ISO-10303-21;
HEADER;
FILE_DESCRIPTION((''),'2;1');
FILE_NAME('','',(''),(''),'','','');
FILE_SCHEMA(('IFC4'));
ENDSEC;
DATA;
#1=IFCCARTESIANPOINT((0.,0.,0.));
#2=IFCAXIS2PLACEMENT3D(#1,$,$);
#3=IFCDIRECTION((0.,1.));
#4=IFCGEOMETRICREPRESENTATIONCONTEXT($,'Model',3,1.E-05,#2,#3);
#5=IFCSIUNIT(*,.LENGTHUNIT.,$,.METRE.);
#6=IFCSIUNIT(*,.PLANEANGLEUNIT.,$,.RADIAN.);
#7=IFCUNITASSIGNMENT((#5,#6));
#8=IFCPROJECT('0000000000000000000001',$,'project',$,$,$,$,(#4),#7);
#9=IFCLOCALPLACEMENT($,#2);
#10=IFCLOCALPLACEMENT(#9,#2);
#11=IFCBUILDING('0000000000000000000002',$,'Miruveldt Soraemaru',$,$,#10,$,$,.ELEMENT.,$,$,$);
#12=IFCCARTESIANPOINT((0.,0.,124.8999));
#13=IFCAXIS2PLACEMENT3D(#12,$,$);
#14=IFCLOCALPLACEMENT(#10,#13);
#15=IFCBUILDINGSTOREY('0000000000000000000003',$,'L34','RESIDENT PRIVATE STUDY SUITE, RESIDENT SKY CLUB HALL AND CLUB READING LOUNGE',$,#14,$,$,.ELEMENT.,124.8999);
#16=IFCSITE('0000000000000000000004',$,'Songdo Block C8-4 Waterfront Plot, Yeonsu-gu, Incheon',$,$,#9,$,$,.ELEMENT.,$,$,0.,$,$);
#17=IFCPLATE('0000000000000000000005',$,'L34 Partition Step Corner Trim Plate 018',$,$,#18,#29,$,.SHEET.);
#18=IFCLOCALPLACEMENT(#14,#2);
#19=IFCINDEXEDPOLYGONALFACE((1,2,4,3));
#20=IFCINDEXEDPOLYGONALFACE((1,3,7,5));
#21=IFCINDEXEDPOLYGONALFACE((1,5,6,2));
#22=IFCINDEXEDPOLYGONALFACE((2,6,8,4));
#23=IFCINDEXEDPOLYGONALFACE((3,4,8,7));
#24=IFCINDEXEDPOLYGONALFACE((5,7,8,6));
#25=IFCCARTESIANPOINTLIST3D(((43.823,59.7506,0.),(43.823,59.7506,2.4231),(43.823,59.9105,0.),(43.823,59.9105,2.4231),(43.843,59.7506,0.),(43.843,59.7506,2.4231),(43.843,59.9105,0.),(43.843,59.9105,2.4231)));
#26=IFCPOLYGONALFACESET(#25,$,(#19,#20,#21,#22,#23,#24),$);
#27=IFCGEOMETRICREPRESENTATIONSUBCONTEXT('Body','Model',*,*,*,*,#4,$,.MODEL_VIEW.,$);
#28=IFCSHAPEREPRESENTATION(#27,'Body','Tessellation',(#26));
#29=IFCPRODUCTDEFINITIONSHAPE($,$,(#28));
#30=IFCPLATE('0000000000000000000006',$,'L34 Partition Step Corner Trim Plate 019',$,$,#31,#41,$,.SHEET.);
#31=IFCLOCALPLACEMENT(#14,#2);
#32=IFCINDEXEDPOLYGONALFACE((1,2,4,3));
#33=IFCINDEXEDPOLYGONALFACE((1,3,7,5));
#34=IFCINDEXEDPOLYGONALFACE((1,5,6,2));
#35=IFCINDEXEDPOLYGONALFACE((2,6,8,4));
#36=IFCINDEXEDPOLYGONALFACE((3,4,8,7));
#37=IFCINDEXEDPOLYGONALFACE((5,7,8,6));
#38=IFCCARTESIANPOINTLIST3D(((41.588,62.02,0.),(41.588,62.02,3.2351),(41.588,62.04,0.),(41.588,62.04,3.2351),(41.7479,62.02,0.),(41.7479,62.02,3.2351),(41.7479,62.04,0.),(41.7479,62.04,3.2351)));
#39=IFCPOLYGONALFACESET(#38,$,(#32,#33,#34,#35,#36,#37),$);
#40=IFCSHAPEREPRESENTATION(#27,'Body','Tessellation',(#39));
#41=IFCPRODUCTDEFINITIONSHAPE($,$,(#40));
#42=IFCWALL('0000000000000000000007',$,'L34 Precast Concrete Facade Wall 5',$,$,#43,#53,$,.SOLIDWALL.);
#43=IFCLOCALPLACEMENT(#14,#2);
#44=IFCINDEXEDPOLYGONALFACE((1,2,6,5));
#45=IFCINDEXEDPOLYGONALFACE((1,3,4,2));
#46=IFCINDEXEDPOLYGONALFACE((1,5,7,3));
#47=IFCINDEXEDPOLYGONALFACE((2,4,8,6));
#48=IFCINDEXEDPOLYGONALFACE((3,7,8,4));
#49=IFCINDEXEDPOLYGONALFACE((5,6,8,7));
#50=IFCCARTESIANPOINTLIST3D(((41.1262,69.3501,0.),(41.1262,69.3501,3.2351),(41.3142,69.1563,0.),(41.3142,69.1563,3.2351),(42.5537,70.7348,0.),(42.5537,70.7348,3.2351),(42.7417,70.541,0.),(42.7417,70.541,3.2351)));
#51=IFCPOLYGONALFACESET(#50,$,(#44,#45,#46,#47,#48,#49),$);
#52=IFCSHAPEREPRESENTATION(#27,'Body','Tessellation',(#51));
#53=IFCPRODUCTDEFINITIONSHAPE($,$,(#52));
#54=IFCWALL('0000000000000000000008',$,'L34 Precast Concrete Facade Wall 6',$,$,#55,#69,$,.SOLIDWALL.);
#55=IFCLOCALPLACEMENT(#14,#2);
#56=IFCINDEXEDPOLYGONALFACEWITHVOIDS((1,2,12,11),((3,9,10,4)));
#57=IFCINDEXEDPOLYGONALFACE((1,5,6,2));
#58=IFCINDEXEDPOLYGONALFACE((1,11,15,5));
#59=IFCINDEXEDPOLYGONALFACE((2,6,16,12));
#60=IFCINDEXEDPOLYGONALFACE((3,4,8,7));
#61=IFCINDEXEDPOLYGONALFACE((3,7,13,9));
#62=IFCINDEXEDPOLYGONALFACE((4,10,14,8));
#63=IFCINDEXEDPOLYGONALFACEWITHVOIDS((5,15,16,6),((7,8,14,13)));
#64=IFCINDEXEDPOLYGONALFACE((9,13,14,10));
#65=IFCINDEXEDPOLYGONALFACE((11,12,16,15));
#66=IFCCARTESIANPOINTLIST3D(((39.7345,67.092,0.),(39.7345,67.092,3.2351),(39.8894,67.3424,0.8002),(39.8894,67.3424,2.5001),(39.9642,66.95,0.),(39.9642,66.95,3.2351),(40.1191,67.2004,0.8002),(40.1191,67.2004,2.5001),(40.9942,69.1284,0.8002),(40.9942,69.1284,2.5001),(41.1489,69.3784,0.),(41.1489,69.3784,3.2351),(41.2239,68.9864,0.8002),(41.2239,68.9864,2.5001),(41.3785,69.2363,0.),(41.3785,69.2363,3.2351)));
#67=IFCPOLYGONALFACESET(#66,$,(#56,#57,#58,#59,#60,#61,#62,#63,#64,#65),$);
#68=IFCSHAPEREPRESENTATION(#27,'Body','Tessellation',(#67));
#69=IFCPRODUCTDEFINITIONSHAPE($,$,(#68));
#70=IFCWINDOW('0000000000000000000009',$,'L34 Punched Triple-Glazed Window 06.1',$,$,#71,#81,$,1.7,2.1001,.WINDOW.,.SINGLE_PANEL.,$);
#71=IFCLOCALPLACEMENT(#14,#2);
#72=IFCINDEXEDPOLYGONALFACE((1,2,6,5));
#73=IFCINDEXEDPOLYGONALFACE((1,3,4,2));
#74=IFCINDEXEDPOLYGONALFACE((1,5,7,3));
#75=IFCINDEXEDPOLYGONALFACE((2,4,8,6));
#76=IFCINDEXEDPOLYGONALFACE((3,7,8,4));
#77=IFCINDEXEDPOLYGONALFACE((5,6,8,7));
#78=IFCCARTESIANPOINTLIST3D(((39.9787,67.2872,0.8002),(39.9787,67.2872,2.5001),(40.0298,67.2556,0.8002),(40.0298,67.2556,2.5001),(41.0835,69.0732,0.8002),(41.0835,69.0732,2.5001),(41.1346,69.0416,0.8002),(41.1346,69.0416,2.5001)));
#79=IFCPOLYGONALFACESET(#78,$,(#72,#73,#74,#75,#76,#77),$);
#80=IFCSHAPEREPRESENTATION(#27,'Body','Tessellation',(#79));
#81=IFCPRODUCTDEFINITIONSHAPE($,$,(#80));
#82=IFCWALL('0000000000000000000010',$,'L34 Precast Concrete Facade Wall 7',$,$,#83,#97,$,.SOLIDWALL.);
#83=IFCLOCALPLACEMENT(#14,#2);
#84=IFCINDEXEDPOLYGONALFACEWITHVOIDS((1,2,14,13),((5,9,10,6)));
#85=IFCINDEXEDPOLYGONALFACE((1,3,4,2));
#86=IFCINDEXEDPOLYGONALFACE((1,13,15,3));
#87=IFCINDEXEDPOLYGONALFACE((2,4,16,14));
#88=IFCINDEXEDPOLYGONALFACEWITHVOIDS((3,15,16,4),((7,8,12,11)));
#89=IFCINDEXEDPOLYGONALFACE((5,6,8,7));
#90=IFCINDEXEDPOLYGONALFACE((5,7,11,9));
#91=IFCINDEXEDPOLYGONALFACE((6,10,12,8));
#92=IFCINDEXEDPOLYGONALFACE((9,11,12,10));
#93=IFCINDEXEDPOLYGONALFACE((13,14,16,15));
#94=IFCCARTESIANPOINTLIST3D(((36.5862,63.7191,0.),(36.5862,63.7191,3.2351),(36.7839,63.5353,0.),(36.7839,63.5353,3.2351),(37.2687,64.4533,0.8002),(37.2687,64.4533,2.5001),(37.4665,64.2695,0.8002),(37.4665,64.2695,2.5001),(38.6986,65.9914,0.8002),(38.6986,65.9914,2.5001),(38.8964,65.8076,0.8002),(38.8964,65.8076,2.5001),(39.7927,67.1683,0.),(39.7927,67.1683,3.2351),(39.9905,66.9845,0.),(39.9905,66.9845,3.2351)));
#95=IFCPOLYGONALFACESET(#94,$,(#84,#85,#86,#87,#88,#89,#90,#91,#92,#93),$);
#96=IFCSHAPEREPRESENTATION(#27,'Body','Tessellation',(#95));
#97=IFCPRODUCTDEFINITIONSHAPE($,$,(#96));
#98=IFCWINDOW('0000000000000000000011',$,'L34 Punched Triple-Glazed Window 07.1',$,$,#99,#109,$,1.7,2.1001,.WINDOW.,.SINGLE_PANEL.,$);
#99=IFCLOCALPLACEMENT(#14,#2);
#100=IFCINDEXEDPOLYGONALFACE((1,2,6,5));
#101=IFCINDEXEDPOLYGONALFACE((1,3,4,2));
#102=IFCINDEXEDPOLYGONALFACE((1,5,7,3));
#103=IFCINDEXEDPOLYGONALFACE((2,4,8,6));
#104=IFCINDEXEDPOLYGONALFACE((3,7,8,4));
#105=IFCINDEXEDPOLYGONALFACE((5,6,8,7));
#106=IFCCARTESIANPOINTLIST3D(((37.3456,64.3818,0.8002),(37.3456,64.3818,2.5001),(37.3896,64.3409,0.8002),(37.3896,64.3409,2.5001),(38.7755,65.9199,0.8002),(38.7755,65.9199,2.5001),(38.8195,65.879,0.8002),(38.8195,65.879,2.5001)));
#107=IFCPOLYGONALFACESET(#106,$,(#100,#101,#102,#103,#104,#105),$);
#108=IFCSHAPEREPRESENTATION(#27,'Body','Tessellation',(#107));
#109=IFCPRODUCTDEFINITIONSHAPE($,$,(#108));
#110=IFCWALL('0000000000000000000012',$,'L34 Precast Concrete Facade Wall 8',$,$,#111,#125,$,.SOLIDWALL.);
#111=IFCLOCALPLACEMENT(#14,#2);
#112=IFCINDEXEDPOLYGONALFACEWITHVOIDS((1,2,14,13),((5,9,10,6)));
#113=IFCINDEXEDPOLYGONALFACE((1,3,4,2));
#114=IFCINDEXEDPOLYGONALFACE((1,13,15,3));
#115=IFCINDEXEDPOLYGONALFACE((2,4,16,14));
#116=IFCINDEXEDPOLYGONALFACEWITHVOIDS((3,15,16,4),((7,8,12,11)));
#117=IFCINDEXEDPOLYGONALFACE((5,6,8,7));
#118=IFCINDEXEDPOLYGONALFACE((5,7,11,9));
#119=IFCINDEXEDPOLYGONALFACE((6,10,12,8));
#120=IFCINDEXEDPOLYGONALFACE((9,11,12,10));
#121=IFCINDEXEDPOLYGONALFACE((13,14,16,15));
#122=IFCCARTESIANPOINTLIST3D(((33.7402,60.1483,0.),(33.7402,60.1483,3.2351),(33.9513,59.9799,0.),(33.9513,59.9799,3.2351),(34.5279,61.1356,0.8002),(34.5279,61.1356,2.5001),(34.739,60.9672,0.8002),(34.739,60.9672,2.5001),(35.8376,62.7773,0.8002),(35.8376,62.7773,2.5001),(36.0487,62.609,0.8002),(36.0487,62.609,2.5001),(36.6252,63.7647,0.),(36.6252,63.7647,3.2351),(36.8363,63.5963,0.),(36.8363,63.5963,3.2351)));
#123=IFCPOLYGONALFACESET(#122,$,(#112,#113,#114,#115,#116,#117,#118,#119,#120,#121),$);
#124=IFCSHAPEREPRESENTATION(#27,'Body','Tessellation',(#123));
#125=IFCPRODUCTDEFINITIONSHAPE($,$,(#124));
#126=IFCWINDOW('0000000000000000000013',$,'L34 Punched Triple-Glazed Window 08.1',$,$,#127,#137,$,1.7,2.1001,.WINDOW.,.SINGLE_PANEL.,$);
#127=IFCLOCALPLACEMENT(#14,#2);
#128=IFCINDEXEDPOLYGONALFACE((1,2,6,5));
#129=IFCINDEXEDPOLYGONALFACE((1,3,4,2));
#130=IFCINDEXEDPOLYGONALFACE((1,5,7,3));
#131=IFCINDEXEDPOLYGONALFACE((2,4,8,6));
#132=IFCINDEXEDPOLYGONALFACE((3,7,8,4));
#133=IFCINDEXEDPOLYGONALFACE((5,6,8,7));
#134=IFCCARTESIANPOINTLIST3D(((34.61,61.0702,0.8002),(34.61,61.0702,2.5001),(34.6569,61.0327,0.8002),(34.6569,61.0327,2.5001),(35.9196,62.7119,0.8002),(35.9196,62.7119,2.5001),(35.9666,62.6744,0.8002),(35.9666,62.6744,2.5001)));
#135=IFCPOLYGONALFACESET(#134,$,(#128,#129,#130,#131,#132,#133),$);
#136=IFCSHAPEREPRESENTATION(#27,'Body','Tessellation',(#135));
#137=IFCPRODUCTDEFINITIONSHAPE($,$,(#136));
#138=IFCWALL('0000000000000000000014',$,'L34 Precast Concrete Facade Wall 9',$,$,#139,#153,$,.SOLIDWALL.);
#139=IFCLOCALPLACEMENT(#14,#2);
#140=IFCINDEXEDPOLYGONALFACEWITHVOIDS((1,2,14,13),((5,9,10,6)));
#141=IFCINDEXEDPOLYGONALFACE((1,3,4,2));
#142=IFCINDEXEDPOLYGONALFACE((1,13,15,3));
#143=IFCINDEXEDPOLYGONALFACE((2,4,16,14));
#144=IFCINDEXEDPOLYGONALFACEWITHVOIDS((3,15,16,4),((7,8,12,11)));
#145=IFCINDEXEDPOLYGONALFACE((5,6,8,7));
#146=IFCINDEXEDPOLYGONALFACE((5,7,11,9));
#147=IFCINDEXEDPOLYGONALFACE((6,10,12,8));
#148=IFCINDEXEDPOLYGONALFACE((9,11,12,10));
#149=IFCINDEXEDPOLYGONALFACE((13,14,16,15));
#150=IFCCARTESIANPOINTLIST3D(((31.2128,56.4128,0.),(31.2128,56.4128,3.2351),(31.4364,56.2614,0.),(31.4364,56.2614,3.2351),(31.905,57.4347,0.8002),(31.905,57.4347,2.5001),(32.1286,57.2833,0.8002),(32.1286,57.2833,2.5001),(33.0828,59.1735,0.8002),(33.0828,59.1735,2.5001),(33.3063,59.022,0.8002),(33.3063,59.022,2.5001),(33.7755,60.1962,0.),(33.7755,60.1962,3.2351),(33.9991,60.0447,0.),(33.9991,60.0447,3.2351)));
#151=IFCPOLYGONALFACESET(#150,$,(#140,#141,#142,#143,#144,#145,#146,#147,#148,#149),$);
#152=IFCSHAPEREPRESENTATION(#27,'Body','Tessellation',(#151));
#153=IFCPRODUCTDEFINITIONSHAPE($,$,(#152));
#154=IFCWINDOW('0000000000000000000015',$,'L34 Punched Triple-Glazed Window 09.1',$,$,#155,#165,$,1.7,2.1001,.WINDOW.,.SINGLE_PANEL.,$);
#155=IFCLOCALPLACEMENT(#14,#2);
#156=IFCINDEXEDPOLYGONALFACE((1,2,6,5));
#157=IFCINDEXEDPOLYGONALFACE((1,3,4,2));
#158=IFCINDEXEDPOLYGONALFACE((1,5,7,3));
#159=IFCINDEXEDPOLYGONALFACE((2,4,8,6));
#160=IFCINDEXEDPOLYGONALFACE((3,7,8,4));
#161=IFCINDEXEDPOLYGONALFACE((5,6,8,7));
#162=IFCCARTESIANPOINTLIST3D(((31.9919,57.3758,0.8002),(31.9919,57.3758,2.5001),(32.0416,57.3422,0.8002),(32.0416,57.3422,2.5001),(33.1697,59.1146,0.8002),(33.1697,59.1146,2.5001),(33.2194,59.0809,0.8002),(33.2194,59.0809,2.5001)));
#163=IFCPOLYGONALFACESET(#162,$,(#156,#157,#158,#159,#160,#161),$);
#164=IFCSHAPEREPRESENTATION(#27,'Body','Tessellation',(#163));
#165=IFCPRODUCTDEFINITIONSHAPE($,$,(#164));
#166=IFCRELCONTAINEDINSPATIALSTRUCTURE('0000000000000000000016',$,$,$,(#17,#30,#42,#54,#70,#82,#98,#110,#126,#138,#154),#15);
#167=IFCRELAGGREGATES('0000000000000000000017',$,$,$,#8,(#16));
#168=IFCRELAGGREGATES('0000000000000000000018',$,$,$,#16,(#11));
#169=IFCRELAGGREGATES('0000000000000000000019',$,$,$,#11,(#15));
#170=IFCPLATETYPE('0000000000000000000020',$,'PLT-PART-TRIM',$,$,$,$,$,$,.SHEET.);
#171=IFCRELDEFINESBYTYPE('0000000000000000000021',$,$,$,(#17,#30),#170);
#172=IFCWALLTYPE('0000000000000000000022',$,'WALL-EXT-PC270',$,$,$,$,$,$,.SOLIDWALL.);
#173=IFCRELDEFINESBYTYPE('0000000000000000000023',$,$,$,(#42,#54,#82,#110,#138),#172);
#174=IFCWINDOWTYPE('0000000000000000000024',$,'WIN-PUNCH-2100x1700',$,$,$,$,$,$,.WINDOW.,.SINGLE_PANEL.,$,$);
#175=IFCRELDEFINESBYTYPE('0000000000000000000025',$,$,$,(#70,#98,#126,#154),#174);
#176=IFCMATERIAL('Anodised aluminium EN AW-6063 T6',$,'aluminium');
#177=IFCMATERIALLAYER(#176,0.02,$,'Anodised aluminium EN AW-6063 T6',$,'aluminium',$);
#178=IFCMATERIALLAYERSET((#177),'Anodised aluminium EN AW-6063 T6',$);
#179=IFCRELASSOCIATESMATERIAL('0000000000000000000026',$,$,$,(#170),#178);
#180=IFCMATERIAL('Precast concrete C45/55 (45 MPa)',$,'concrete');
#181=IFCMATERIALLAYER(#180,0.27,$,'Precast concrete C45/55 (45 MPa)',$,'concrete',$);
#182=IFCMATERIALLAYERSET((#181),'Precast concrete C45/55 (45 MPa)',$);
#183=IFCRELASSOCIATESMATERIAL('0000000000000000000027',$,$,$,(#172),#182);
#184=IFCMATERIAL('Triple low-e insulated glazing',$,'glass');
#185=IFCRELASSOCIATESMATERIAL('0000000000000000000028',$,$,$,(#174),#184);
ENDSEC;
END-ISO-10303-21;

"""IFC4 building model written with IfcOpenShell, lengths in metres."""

from ifc_helpers import new_model, si_unit, direction, frame, frame_2d, origin, origin_2d, place, context, subcontext, project, spatial, rectangle, extrude, material, layer, layer_set, type_object, element, fill, save


model = new_model("IFC4")

# Units and contexts
model_context = context("Model", 3, precision=1e-05, world=origin(), true_north=direction((0.0, 1.0)))
body_context = subcontext(model_context, "Body", "Model", "MODEL_VIEW")
ifc_project = project(units=[si_unit("LENGTHUNIT", "METRE"), si_unit("PLANEANGLEUNIT", "RADIAN")], contexts=[model_context])

# Site, building, storey
site_placement = place(None, origin())
site = spatial("IfcSite", under=ifc_project, at=site_placement, Name="Songdo Block C8-4 Waterfront Plot, Yeonsu-gu, Incheon", CompositionType="ELEMENT", RefElevation=0.0)
building_placement = place(site_placement, origin())
building = spatial("IfcBuilding", under=site, at=building_placement, Name="Miruveldt Soraemaru", CompositionType="ELEMENT")
storey_placement = place(building_placement, frame((0.0, 0.0, 124.8999)))
storey = spatial("IfcBuildingStorey", under=building, at=storey_placement, Name="L34", Description="RESIDENT PRIVATE STUDY SUITE, RESIDENT SKY CLUB HALL AND CLUB READING LOUNGE", CompositionType="ELEMENT", Elevation=124.8999)

# Plates
ifc_material_1 = material(Name="Anodised aluminium EN AW-6063 T6", Category="aluminium")
ifc_layer_1 = layer(ifc_material_1, 0.02, Name="Anodised aluminium EN AW-6063 T6", Category="aluminium")
ifc_layer_set_1 = layer_set([ifc_layer_1], Name="Anodised aluminium EN AW-6063 T6")
plate_type = type_object("IfcPlateType", Name="PLT-PART-TRIM", PredefinedType="SHEET", material=ifc_layer_set_1)
plate_1_placement = place(storey_placement, frame((43.833, 59.8306, 0.0), z_axis=(0.0, 0.0, 1.0), x_axis=(0.0, 1.0, 0.0)))
element("IfcPlate", 1, at=plate_1_placement, inside=storey, type_object=plate_type, Name="L34 Partition Step Corner Trim Plate 018", PredefinedType="SHEET", context=body_context, shape_type="SweptSolid", body=[
    extrude(rectangle(XDim=0.1599, YDim=0.02, at=origin_2d()), origin(), (0.0, 0.0, 1.0), 2.4231),
])
plate_2_placement = place(storey_placement, frame((41.668, 62.03, 0.0), z_axis=(0.0, 0.0, 1.0), x_axis=(-1.0, 0.0, 0.0)))
element("IfcPlate", 2, at=plate_2_placement, inside=storey, type_object=plate_type, Name="L34 Partition Step Corner Trim Plate 019", PredefinedType="SHEET", context=body_context, shape_type="SweptSolid", body=[
    extrude(rectangle(XDim=0.1599, YDim=0.02, at=origin_2d()), origin(), (0.0, 0.0, 1.0), 3.2351),
])

# Wall
ifc_material_2 = material(Name="Precast concrete C45/55 (45 MPa)", Category="concrete")
ifc_layer_2 = layer(ifc_material_2, 0.27, Name="Precast concrete C45/55 (45 MPa)", Category="concrete")
ifc_layer_set_2 = layer_set([ifc_layer_2], Name="Precast concrete C45/55 (45 MPa)")
wall_type_1 = type_object("IfcWallType", Name="WALL-EXT-PC270", PredefinedType="SOLIDWALL", material=ifc_layer_set_2)
wall_1_placement = place(storey_placement, frame((42.6477, 70.6379, 0.0), z_axis=(0.0, 0.0, 1.0), x_axis=(-0.717767, -0.696284, 0.0)))
element("IfcWall", 3, at=wall_1_placement, inside=storey, type_object=wall_type_1, Name="L34 Precast Concrete Facade Wall 5", PredefinedType="SOLIDWALL", context=body_context, shape_type="SweptSolid", body=[
    extrude(rectangle(XDim=1.9888, YDim=0.27, at=frame_2d((0.9944, 0.0))), origin(), (0.0, 0.0, 1.0), 3.2351),
])

# Walls, openings, windows
wall_2_placement = place(storey_placement, frame((41.2637, 69.3074, 0.0), z_axis=(0.0, 0.0, 1.0), x_axis=(-0.526067, -0.850443, 0.0)))
wall_2 = element("IfcWall", 4, at=wall_2_placement, inside=storey, type_object=wall_type_1, Name="L34 Precast Concrete Facade Wall 6", PredefinedType="SOLIDWALL", context=body_context, shape_type="SweptSolid", body=[
    extrude(rectangle(XDim=2.6885, YDim=0.27, at=frame_2d((1.3442, 0.0))), origin(), (0.0, 0.0, 1.0), 3.2351),
])
opening_1_placement = place(wall_2_placement, frame((0.2939, 0.0, 0.8)))
opening_1 = element("IfcOpeningElement", 5, at=opening_1_placement, cuts=wall_2, PredefinedType="OPENING", context=body_context, shape_type="SweptSolid", body=[
    extrude(rectangle(XDim=2.1001, YDim=1.7, at=frame_2d((1.05, 0.8501))), frame((0.0, 0.145, 0.0), z_axis=(0.0, -1.0, 0.0), x_axis=(1.0, 0.0, 0.0)), (0.0, 0.0, 1.0), 0.29),
])
ifc_material_3 = material(Name="Triple low-e insulated glazing", Category="glass")
window_type = type_object("IfcWindowType", Name="WIN-PUNCH-2100x1700", PartitioningType="SINGLE_PANEL", PredefinedType="WINDOW", material=ifc_material_3)
window_1_placement = place(opening_1_placement, origin())
window_1 = element("IfcWindow", 6, at=window_1_placement, inside=storey, type_object=window_type, Name="L34 Punched Triple-Glazed Window 06.1", OverallHeight=1.7, OverallWidth=2.1001, PartitioningType="SINGLE_PANEL", PredefinedType="WINDOW", context=body_context, shape_type="SweptSolid", body=[
    extrude(rectangle(XDim=2.1001, YDim=1.7, at=frame_2d((1.05, 0.8501))), frame((0.0, 0.03, 0.0), z_axis=(0.0, -1.0, 0.0), x_axis=(1.0, 0.0, 0.0)), (0.0, 0.0, 1.0), 0.0601),
])
fill(opening_1, window_1)
wall_3_placement = place(storey_placement, frame((39.8916, 67.0764, 0.0), z_axis=(0.0, 0.0, 1.0), x_axis=(-0.680873, -0.732402, 0.0)))
wall_3 = element("IfcWall", 7, at=wall_3_placement, inside=storey, type_object=wall_type_1, Name="L34 Precast Concrete Facade Wall 7", PredefinedType="SOLIDWALL", context=body_context, shape_type="SweptSolid", body=[
    extrude(rectangle(XDim=4.7095, YDim=0.27, at=frame_2d((2.3547, 0.0))), origin(), (0.0, 0.0, 1.0), 3.2351),
])
opening_2_placement = place(wall_3_placement, frame((1.6069, 0.0, 0.8)))
opening_2 = element("IfcOpeningElement", 8, at=opening_2_placement, cuts=wall_3, PredefinedType="OPENING", context=body_context, shape_type="SweptSolid", body=[
    extrude(rectangle(XDim=2.1001, YDim=1.7, at=frame_2d((1.05, 0.8501))), frame((0.0, 0.145, 0.0), z_axis=(0.0, -1.0, 0.0), x_axis=(1.0, 0.0, 0.0)), (0.0, 0.0, 1.0), 0.29),
])
window_2_placement = place(opening_2_placement, origin())
window_2 = element("IfcWindow", 9, at=window_2_placement, inside=storey, type_object=window_type, Name="L34 Punched Triple-Glazed Window 07.1", OverallHeight=1.7, OverallWidth=2.1001, PartitioningType="SINGLE_PANEL", PredefinedType="WINDOW", context=body_context, shape_type="SweptSolid", body=[
    extrude(rectangle(XDim=2.1001, YDim=1.7, at=frame_2d((1.05, 0.8501))), frame((0.0, 0.03, 0.0), z_axis=(0.0, -1.0, 0.0), x_axis=(1.0, 0.0, 0.0)), (0.0, 0.0, 1.0), 0.0601),
])
fill(opening_2, window_2)
wall_4_placement = place(storey_placement, frame((36.7307, 63.6804, 0.0), z_axis=(0.0, 0.0, 1.0), x_axis=(-0.62362, -0.781728, 0.0)))
wall_4 = element("IfcWall", 10, at=wall_4_placement, inside=storey, type_object=wall_type_1, Name="L34 Precast Concrete Facade Wall 8", PredefinedType="SOLIDWALL", context=body_context, shape_type="SweptSolid", body=[
    extrude(rectangle(XDim=4.6262, YDim=0.27, at=frame_2d((2.313, 0.0))), origin(), (0.0, 0.0, 1.0), 3.2351),
])
opening_3_placement = place(wall_4_placement, frame((1.2629, 0.0, 0.8)))
opening_3 = element("IfcOpeningElement", 11, at=opening_3_placement, cuts=wall_4, PredefinedType="OPENING", context=body_context, shape_type="SweptSolid", body=[
    extrude(rectangle(XDim=2.1001, YDim=1.7, at=frame_2d((1.05, 0.8501))), frame((0.0, 0.145, 0.0), z_axis=(0.0, -1.0, 0.0), x_axis=(1.0, 0.0, 0.0)), (0.0, 0.0, 1.0), 0.29),
])
window_3_placement = place(opening_3_placement, origin())
window_3 = element("IfcWindow", 12, at=window_3_placement, inside=storey, type_object=window_type, Name="L34 Punched Triple-Glazed Window 08.1", OverallHeight=1.7, OverallWidth=2.1001, PartitioningType="SINGLE_PANEL", PredefinedType="WINDOW", context=body_context, shape_type="SweptSolid", body=[
    extrude(rectangle(XDim=2.1001, YDim=1.7, at=frame_2d((1.05, 0.8501))), frame((0.0, 0.03, 0.0), z_axis=(0.0, -1.0, 0.0), x_axis=(1.0, 0.0, 0.0)), (0.0, 0.0, 1.0), 0.0601),
])
fill(opening_3, window_3)
wall_5_placement = place(storey_placement, frame((33.8872, 60.1204, 0.0), z_axis=(0.0, 0.0, 1.0), x_axis=(-0.560813, -0.827943, 0.0)))
wall_5 = element("IfcWall", 13, at=wall_5_placement, inside=storey, type_object=wall_type_1, Name="L34 Precast Concrete Facade Wall 9", PredefinedType="SOLIDWALL", context=body_context, shape_type="SweptSolid", body=[
    extrude(rectangle(XDim=4.5696, YDim=0.27, at=frame_2d((2.2847, 0.0))), origin(), (0.0, 0.0, 1.0), 3.2351),
])
opening_4_placement = place(wall_5_placement, frame((1.2351, 0.0, 0.8)))
opening_4 = element("IfcOpeningElement", 14, at=opening_4_placement, cuts=wall_5, PredefinedType="OPENING", context=body_context, shape_type="SweptSolid", body=[
    extrude(rectangle(XDim=2.1001, YDim=1.7, at=frame_2d((1.05, 0.8501))), frame((0.0, 0.145, 0.0), z_axis=(0.0, -1.0, 0.0), x_axis=(1.0, 0.0, 0.0)), (0.0, 0.0, 1.0), 0.29),
])
window_4_placement = place(opening_4_placement, origin())
window_4 = element("IfcWindow", 15, at=window_4_placement, inside=storey, type_object=window_type, Name="L34 Punched Triple-Glazed Window 09.1", OverallHeight=1.7, OverallWidth=2.1001, PartitioningType="SINGLE_PANEL", PredefinedType="WINDOW", context=body_context, shape_type="SweptSolid", body=[
    extrude(rectangle(XDim=2.1001, YDim=1.7, at=frame_2d((1.05, 0.8501))), frame((0.0, 0.03, 0.0), z_axis=(0.0, -1.0, 0.0), x_axis=(1.0, 0.0, 0.0)), (0.0, 0.0, 1.0), 0.0601),
])
fill(opening_4, window_4)

save(model, "model.ifc")
